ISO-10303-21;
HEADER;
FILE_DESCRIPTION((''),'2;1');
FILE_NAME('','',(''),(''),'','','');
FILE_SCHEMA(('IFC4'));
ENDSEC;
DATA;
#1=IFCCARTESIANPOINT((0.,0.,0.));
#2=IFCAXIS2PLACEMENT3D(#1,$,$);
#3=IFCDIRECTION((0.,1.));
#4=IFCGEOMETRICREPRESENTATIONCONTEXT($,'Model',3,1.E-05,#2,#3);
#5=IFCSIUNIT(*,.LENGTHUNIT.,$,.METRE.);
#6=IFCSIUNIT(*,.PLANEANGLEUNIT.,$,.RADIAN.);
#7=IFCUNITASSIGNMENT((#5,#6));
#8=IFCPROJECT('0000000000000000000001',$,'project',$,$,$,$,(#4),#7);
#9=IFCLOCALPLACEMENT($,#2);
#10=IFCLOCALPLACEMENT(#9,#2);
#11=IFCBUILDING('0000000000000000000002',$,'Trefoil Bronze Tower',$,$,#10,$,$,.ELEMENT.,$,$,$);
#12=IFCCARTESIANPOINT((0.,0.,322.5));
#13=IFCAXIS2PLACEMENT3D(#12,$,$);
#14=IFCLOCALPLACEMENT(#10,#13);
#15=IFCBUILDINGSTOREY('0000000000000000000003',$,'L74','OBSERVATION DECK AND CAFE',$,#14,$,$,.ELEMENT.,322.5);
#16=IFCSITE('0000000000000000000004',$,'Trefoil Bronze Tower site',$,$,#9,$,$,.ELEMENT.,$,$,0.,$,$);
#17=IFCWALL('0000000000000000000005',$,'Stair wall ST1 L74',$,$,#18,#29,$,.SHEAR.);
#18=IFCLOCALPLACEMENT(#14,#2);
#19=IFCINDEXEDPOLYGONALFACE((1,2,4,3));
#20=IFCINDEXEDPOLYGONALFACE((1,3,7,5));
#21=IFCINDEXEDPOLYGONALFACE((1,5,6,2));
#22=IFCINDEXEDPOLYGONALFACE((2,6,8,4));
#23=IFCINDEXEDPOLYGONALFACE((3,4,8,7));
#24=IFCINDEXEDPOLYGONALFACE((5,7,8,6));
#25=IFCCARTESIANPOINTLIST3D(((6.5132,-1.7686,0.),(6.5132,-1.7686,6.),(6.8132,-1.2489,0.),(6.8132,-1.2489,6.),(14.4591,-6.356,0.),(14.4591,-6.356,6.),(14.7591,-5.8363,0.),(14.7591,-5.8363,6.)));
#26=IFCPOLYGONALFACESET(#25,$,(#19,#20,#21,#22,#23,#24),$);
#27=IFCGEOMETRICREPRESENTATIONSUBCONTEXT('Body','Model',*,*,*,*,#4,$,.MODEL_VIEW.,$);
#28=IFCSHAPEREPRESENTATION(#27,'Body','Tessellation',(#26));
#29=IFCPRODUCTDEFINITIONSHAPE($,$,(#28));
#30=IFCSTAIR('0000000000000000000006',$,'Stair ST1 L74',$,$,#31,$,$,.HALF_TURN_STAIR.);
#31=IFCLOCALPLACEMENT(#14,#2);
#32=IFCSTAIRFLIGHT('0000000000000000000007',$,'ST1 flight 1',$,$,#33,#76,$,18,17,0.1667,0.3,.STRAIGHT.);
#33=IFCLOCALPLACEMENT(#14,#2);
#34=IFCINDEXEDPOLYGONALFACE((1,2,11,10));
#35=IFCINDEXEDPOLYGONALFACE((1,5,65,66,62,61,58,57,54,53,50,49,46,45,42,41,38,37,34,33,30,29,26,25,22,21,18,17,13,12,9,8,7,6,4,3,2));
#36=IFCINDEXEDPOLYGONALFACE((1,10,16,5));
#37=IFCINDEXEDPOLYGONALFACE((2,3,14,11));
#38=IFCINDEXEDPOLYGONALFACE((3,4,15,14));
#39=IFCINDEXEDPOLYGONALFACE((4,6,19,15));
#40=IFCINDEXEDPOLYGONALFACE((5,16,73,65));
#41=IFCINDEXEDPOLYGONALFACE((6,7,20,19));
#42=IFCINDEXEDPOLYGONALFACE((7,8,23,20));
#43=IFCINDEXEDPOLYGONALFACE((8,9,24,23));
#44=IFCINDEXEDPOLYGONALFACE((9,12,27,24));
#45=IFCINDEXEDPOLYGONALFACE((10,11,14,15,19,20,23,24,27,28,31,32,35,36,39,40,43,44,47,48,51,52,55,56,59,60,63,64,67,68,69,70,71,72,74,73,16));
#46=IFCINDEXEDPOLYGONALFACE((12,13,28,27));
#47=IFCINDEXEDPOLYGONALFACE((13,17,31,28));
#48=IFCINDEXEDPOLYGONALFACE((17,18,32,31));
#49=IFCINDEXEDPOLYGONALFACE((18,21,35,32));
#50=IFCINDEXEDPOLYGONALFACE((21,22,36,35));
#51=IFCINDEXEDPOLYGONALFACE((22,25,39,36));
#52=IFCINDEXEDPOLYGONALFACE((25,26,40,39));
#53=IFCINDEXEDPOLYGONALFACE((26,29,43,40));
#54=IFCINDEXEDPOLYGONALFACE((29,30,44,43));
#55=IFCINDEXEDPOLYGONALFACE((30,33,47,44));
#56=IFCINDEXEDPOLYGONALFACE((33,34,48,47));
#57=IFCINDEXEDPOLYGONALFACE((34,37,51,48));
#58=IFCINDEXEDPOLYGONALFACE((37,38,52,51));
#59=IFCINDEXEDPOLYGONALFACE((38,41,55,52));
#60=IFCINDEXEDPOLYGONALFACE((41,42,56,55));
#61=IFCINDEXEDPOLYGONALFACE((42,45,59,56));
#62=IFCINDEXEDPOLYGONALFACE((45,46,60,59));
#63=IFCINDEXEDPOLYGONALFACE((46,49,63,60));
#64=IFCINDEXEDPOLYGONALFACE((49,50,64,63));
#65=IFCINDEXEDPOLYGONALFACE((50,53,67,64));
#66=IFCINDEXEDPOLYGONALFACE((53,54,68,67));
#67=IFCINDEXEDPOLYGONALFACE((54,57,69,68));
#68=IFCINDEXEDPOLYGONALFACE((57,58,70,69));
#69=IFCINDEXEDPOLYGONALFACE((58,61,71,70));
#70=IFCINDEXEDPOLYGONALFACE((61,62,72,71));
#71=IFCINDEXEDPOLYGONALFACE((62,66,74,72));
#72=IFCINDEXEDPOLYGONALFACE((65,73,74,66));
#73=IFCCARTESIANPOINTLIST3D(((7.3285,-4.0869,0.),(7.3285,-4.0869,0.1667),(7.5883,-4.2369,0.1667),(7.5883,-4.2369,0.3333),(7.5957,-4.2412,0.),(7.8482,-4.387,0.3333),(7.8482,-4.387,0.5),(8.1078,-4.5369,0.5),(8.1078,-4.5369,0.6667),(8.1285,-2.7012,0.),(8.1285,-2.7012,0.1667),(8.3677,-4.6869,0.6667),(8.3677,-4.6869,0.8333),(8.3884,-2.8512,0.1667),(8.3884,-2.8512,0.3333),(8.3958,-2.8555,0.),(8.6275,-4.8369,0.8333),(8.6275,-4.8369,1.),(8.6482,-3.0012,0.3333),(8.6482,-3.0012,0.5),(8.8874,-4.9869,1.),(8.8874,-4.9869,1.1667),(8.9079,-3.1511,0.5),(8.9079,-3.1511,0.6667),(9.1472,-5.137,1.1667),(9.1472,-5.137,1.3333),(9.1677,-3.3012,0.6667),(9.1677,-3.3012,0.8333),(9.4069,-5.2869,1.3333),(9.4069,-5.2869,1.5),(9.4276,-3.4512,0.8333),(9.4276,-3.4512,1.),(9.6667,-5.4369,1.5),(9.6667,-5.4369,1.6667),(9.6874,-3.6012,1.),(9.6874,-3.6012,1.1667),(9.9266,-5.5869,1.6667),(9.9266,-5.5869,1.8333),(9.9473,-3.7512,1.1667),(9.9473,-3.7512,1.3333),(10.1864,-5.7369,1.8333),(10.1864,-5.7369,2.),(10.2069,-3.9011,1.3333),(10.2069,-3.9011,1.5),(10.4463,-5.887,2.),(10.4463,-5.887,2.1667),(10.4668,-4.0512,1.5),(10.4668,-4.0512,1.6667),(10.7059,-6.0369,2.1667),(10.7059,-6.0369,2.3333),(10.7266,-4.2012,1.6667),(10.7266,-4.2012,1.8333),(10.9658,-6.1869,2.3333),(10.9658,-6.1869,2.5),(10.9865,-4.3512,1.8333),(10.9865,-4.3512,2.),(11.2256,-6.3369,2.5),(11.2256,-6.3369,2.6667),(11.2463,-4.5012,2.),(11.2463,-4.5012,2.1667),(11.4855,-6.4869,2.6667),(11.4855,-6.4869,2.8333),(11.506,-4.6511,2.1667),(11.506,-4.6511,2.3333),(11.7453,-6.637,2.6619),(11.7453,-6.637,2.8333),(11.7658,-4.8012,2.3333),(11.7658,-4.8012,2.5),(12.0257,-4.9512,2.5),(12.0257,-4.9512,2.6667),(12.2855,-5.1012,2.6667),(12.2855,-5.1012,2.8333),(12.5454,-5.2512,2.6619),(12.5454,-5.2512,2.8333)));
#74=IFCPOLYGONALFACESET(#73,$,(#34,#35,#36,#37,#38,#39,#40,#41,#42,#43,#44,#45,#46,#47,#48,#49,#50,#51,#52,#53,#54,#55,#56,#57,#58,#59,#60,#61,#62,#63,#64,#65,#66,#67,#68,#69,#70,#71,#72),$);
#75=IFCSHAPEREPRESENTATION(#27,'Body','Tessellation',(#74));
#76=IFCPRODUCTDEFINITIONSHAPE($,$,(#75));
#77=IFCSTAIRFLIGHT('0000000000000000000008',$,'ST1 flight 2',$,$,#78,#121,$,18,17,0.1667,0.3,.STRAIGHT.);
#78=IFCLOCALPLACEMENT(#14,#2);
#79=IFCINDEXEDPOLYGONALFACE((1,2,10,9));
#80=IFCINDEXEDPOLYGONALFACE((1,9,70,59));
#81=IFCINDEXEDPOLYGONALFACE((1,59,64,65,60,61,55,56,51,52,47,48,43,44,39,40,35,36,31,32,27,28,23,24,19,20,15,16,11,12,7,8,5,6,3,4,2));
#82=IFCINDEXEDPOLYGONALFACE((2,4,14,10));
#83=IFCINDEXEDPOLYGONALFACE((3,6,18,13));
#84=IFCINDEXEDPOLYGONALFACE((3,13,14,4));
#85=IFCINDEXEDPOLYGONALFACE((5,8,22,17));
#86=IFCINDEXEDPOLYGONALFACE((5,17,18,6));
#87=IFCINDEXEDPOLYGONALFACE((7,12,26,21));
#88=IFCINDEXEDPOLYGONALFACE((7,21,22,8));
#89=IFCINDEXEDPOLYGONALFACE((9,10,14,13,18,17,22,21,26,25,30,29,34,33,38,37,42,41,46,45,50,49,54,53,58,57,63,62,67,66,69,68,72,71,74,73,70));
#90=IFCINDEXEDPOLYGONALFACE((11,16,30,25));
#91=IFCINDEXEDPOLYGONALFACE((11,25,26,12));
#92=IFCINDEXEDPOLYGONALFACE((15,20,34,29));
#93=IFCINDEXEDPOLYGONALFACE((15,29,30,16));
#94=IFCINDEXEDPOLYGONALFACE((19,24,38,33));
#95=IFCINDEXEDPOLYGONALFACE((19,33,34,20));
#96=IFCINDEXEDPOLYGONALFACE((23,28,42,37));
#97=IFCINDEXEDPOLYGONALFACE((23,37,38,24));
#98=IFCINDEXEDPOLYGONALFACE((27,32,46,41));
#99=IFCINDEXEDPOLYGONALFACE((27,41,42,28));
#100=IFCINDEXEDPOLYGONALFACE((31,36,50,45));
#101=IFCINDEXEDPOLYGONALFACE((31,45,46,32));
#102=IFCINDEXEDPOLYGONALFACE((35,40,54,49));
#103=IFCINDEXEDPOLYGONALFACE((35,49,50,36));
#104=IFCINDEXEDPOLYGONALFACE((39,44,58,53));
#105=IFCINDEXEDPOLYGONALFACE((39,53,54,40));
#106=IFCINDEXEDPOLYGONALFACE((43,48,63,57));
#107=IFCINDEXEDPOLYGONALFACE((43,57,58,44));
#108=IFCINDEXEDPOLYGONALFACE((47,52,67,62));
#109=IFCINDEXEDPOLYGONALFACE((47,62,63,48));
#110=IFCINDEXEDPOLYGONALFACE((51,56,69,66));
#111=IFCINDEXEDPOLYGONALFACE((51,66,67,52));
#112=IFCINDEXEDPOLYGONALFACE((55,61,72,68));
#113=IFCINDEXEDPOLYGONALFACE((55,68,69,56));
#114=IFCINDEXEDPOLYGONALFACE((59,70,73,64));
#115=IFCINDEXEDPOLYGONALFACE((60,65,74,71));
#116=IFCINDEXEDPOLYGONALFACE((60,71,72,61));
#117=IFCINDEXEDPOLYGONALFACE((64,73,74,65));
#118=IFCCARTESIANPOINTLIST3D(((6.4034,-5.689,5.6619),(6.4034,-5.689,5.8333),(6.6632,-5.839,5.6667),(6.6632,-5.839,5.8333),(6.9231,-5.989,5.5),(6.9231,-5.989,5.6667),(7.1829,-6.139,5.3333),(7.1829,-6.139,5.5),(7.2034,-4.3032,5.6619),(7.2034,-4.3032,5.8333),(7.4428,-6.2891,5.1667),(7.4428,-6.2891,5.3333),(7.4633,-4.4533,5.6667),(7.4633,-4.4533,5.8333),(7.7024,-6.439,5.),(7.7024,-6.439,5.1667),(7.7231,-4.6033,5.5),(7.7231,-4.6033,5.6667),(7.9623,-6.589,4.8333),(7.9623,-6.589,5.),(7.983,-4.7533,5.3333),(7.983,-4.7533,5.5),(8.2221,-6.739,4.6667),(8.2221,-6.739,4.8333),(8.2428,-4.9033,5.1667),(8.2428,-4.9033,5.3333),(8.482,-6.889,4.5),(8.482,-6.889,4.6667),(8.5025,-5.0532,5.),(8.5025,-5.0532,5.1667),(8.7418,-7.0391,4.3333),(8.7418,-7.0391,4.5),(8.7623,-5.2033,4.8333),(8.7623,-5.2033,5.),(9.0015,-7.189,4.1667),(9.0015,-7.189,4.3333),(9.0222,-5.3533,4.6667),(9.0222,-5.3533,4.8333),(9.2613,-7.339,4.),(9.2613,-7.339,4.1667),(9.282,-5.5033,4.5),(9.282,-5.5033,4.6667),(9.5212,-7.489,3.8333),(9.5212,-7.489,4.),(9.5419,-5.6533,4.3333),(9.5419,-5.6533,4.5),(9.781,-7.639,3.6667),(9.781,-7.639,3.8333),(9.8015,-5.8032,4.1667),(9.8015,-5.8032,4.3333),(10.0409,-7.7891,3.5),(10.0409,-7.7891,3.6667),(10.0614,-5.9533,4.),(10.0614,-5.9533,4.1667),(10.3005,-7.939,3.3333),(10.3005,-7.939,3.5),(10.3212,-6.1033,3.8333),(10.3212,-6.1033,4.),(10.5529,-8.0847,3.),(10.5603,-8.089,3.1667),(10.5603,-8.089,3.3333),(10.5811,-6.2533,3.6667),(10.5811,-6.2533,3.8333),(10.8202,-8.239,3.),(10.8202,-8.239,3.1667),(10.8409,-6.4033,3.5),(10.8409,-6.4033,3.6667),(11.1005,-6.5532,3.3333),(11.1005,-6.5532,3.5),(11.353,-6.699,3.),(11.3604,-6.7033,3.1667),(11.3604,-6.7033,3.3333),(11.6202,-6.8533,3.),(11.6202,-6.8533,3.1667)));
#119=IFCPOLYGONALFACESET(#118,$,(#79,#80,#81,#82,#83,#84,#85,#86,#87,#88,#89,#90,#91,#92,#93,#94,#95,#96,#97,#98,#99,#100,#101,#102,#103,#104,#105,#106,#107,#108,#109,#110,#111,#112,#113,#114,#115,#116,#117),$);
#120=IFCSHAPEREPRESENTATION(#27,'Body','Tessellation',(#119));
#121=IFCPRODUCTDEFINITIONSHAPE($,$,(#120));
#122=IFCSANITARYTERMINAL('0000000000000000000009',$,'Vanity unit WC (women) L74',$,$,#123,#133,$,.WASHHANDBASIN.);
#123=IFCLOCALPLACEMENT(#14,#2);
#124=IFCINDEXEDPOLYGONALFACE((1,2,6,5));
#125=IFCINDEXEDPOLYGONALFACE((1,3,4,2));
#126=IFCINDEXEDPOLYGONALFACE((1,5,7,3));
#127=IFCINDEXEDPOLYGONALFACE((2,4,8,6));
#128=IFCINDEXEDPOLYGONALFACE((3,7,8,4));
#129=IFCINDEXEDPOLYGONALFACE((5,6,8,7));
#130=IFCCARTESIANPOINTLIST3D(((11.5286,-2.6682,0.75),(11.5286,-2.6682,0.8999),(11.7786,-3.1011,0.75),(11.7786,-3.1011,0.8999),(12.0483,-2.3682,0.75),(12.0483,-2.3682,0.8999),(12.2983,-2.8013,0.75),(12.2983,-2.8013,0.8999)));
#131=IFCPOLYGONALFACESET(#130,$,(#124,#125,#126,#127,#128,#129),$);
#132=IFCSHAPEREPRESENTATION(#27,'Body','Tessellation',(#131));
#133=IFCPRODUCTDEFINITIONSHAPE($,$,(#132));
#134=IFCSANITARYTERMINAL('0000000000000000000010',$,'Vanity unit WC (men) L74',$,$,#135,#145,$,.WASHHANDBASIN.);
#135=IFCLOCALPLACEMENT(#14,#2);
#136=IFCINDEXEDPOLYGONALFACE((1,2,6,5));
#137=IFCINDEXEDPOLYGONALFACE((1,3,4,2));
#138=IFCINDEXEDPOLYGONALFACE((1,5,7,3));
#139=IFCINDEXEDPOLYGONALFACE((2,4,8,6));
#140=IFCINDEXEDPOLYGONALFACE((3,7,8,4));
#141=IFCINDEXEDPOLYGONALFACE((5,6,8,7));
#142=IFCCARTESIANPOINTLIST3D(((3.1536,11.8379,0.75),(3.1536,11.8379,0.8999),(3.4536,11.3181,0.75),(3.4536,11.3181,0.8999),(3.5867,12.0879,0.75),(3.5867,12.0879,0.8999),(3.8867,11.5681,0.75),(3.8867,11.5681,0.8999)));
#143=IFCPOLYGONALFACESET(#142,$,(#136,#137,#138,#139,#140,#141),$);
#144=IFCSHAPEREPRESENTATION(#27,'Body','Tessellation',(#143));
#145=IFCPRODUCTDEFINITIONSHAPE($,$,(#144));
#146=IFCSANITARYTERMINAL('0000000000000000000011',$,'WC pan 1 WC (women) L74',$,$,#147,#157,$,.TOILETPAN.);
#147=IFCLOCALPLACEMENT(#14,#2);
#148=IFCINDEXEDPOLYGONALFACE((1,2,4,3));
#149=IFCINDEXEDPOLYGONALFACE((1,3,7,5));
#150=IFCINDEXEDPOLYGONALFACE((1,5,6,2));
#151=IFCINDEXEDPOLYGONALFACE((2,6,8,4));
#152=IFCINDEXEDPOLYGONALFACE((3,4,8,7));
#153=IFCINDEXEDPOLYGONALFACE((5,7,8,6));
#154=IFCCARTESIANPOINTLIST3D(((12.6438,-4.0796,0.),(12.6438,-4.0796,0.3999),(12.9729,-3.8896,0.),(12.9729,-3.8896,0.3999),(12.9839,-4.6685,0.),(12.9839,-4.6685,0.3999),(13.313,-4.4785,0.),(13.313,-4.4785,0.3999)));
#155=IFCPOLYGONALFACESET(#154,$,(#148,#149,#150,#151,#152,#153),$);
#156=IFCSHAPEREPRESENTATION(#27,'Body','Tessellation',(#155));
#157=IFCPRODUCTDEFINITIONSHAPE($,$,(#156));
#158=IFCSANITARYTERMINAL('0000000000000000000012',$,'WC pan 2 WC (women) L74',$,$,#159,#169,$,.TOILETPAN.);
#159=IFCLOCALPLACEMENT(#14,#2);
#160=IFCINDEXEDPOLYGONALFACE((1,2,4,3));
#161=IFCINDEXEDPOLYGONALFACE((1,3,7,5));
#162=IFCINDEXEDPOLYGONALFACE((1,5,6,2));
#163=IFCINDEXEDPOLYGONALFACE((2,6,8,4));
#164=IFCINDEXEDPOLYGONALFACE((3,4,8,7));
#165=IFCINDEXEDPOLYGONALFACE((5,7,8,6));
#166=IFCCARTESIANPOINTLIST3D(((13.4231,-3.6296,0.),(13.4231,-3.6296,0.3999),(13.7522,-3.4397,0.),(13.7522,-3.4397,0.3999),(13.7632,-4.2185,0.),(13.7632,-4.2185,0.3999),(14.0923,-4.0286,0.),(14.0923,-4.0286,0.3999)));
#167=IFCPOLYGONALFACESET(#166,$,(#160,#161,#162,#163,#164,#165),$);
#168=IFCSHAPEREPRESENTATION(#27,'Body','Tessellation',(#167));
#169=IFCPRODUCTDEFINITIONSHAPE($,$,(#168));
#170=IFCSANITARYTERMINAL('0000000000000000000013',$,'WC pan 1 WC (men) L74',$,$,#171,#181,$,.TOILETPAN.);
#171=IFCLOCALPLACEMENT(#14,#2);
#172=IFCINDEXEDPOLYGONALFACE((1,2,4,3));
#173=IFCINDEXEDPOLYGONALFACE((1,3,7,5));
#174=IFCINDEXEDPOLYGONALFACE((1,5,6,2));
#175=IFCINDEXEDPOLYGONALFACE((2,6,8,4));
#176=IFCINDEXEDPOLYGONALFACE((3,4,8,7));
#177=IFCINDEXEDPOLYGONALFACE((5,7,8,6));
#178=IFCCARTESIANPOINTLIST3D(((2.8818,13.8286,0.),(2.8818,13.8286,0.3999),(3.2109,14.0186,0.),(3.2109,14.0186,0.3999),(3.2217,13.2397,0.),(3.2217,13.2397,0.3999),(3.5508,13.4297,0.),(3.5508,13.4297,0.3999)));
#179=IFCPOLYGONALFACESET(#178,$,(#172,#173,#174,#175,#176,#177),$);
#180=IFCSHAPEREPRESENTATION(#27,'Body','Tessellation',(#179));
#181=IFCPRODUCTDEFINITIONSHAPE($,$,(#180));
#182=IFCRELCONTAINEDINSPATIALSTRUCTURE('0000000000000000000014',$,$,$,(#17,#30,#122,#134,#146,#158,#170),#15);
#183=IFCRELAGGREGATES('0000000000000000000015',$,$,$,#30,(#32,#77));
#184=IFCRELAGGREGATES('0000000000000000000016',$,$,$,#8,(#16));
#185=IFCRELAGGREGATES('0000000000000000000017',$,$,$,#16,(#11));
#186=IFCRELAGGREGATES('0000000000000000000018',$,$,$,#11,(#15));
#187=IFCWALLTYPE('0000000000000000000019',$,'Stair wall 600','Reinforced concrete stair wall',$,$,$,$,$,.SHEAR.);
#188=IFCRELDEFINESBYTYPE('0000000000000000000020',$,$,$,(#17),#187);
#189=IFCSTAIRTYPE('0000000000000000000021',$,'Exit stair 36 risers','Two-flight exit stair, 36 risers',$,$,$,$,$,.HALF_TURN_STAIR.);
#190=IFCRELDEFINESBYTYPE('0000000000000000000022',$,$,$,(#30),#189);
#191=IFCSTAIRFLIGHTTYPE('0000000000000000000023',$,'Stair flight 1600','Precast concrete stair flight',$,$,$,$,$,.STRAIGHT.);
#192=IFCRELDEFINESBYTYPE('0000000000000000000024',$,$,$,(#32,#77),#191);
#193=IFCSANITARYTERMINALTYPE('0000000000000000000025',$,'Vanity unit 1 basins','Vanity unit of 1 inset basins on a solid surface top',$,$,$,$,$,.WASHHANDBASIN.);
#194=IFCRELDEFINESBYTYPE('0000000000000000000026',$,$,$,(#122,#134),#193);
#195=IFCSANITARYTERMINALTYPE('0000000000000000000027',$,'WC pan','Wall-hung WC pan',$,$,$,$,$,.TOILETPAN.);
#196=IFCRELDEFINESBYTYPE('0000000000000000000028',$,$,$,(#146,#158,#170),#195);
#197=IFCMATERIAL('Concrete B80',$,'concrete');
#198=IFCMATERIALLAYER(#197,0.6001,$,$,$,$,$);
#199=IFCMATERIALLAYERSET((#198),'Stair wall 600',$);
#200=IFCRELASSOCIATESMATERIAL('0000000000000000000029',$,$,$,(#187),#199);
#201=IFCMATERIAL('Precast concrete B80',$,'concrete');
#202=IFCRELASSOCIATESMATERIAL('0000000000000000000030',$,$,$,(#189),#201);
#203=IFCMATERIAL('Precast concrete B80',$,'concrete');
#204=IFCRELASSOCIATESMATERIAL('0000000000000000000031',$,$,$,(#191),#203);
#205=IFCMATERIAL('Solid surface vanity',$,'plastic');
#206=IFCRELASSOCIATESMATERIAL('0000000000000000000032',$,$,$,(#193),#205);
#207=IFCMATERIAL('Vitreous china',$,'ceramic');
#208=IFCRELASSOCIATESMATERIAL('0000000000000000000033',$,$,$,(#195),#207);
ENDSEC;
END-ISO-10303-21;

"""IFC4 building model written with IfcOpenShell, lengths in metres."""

from ifc_helpers import new_model, si_unit, direction, frame, frame_2d, origin, place, context, subcontext, project, spatial, polyline, rectangle, outline, extrude, material, layer, layer_set, type_object, element, aggregate, save


model = new_model("IFC4")

# Units and contexts
model_context = context("Model", 3, precision=1e-05, world=origin(), true_north=direction((0.0, 1.0)))
body_context = subcontext(model_context, "Body", "Model", "MODEL_VIEW")
ifc_project = project(units=[si_unit("LENGTHUNIT", "METRE"), si_unit("PLANEANGLEUNIT", "RADIAN")], contexts=[model_context])

# Site, building, storey
site_placement = place(None, origin())
site = spatial("IfcSite", under=ifc_project, at=site_placement, Name="Trefoil Bronze Tower site", CompositionType="ELEMENT", RefElevation=0.0)
building_placement = place(site_placement, origin())
building = spatial("IfcBuilding", under=site, at=building_placement, Name="Trefoil Bronze Tower", CompositionType="ELEMENT")
storey_placement = place(building_placement, frame((0.0, 0.0, 322.5)))
storey = spatial("IfcBuildingStorey", under=building, at=storey_placement, Name="L74", Description="OBSERVATION DECK AND CAFE", CompositionType="ELEMENT", Elevation=322.5)

# Wall
ifc_material_1 = material(Name="Concrete B80", Category="concrete")
ifc_layer_1 = layer(ifc_material_1, 0.6001)
ifc_layer_set_1 = layer_set([ifc_layer_1], Name="Stair wall 600")
wall_type_1 = type_object("IfcWallType", Name="Stair wall 600", Description="Reinforced concrete stair wall", PredefinedType="SHEAR", material=ifc_layer_set_1)
wall_1_placement = place(storey_placement, frame((6.6633, -1.5088, 0.0), z_axis=(0.0, 0.0, 1.0), x_axis=(0.86603, -0.499991, 0.0)))
element("IfcWall", 1, at=wall_1_placement, inside=storey, type_object=wall_type_1, Name="Stair wall ST1 L74", PredefinedType="SHEAR", context=body_context, shape_type="SweptSolid", body=[
    extrude(rectangle(XDim=9.175, YDim=0.6001, at=frame_2d((4.5874, 0.0))), origin(), (0.0, 0.0, 1.0), 6.0),
])

# Stair, stair flights
ifc_material_2 = material(Name="Precast concrete B80", Category="concrete")
stair_type = type_object("IfcStairType", Name="Exit stair 36 risers", Description="Two-flight exit stair, 36 risers", PredefinedType="HALF_TURN_STAIR", material=ifc_material_2)
stair_placement = place(storey_placement, origin())
stair = element("IfcStair", 2, at=stair_placement, inside=storey, type_object=stair_type, Name="Stair ST1 L74", PredefinedType="HALF_TURN_STAIR")
ifc_material_3 = material(Name="Precast concrete B80", Category="concrete")
stair_flight_type = type_object("IfcStairFlightType", Name="Stair flight 1600", Description="Precast concrete stair flight", PredefinedType="STRAIGHT", material=ifc_material_3)
stair_flight_1_placement = place(storey_placement, frame((7.7285, -3.394, 0.0), z_axis=(0.0, 0.0, 1.0), x_axis=(0.866025, -0.5, 0.0)))
stair_flight_1 = element("IfcStairFlight", 3, at=stair_flight_1_placement, type_object=stair_flight_type, Name="ST1 flight 1", NumberOfRisers=18, NumberOfTreads=17, PredefinedType="STRAIGHT", RiserHeight=0.1667, TreadLength=0.3, context=body_context, shape_type="SweptSolid", body=[
    extrude(outline(polyline([(0.0, 0.0), (0.0, 0.1667), (0.3, 0.1667), (0.3, 0.3333), (0.6001, 0.3333), (0.6001, 0.5), (0.8999, 0.5), (0.8999, 0.6667), (1.2, 0.6667), (1.2, 0.8333), (1.5, 0.8333), (1.5, 1.0), (1.8, 1.0), (1.8, 1.1667), (2.1001, 1.1667), (2.1001, 1.3333), (2.3999, 1.3333), (2.3999, 1.5), (2.7, 1.5), (2.7, 1.6667), (3.0, 1.6667), (3.0, 1.8333), (3.3, 1.8333), (3.3, 2.0), (3.6001, 2.0), (3.6001, 2.1667), (3.8999, 2.1667), (3.8999, 2.3333), (4.2, 2.3333), (4.2, 2.5), (4.5, 2.5), (4.5, 2.6667), (4.8, 2.6667), (4.8, 2.8333), (5.1001, 2.8333), (5.1001, 3.0), (5.1001, 2.6619), (0.3086, 0.0), (0.0, 0.0)])), frame((0.0, 0.8, 0.0), z_axis=(0.0, -1.0, 0.0), x_axis=(1.0, 0.0, 0.0)), (0.0, 0.0, 1.0), 1.6001),
])
stair_flight_2_placement = place(storey_placement, frame((11.2202, -7.5461, 3.0), z_axis=(0.0, 0.0, 1.0), x_axis=(-0.866025, 0.5, 0.0)))
stair_flight_2 = element("IfcStairFlight", 4, at=stair_flight_2_placement, type_object=stair_flight_type, Name="ST1 flight 2", NumberOfRisers=18, NumberOfTreads=17, PredefinedType="STRAIGHT", RiserHeight=0.1667, TreadLength=0.3, context=body_context, shape_type="SweptSolid", body=[
    extrude(outline(polyline([(0.0, 0.0), (0.0, 0.1667), (0.3, 0.1667), (0.3, 0.3333), (0.6001, 0.3333), (0.6001, 0.5), (0.8999, 0.5), (0.8999, 0.6667), (1.2, 0.6667), (1.2, 0.8333), (1.5, 0.8333), (1.5, 1.0), (1.8, 1.0), (1.8, 1.1667), (2.1001, 1.1667), (2.1001, 1.3333), (2.3999, 1.3333), (2.3999, 1.5), (2.7, 1.5), (2.7, 1.6667), (3.0, 1.6667), (3.0, 1.8333), (3.3, 1.8333), (3.3, 2.0), (3.6001, 2.0), (3.6001, 2.1667), (3.8999, 2.1667), (3.8999, 2.3333), (4.2, 2.3333), (4.2, 2.5), (4.5, 2.5), (4.5, 2.6667), (4.8, 2.6667), (4.8, 2.8333), (5.1001, 2.8333), (5.1001, 3.0), (5.1001, 2.6619), (0.3086, 0.0), (0.0, 0.0)])), frame((0.0, 0.8, 0.0), z_axis=(0.0, -1.0, 0.0), x_axis=(1.0, 0.0, 0.0)), (0.0, 0.0, 1.0), 1.6001),
])
aggregate(stair, [stair_flight_1, stair_flight_2])

# Sanitary terminals
ifc_material_4 = material(Name="Solid surface vanity", Category="plastic")
sanitary_terminal_type_1 = type_object("IfcSanitaryTerminalType", Name="Vanity unit 1 basins", Description="Vanity unit of 1 inset basins on a solid surface top", PredefinedType="WASHHANDBASIN", material=ifc_material_4)
sanitary_terminal_1_placement = place(storey_placement, frame((0.0, 0.0, 0.75)))
element("IfcSanitaryTerminal", 5, at=sanitary_terminal_1_placement, inside=storey, type_object=sanitary_terminal_type_1, Name="Vanity unit WC (women) L74", PredefinedType="WASHHANDBASIN", context=body_context, shape_type="SweptSolid", body=[
    extrude(outline(polyline([(11.5286, -2.6682), (11.7786, -3.1011), (12.2983, -2.8013), (12.0483, -2.3682), (11.5286, -2.6682)])), origin(), (0.0, 0.0, 1.0), 0.1499),
])
sanitary_terminal_2_placement = place(storey_placement, frame((0.0, 0.0, 0.75)))
element("IfcSanitaryTerminal", 6, at=sanitary_terminal_2_placement, inside=storey, type_object=sanitary_terminal_type_1, Name="Vanity unit WC (men) L74", PredefinedType="WASHHANDBASIN", context=body_context, shape_type="SweptSolid", body=[
    extrude(outline(polyline([(3.4536, 11.3181), (3.1536, 11.8379), (3.5867, 12.0879), (3.8867, 11.5681), (3.4536, 11.3181)])), origin(), (0.0, 0.0, 1.0), 0.1499),
])
ifc_material_5 = material(Name="Vitreous china", Category="ceramic")
sanitary_terminal_type_2 = type_object("IfcSanitaryTerminalType", Name="WC pan", Description="Wall-hung WC pan", PredefinedType="TOILETPAN", material=ifc_material_5)
sanitary_terminal_3_placement = place(storey_placement, origin())
element("IfcSanitaryTerminal", 7, at=sanitary_terminal_3_placement, inside=storey, type_object=sanitary_terminal_type_2, Name="WC pan 1 WC (women) L74", PredefinedType="TOILETPAN", context=body_context, shape_type="SweptSolid", body=[
    extrude(outline(polyline([(12.6438, -4.0796), (12.9839, -4.6685), (13.313, -4.4785), (12.9729, -3.8896), (12.6438, -4.0796)])), origin(), (0.0, 0.0, 1.0), 0.3999),
])
sanitary_terminal_4_placement = place(storey_placement, origin())
element("IfcSanitaryTerminal", 8, at=sanitary_terminal_4_placement, inside=storey, type_object=sanitary_terminal_type_2, Name="WC pan 2 WC (women) L74", PredefinedType="TOILETPAN", context=body_context, shape_type="SweptSolid", body=[
    extrude(outline(polyline([(13.4231, -3.6296), (13.7632, -4.2185), (14.0923, -4.0286), (13.7522, -3.4397), (13.4231, -3.6296)])), origin(), (0.0, 0.0, 1.0), 0.3999),
])
sanitary_terminal_5_placement = place(storey_placement, origin())
element("IfcSanitaryTerminal", 9, at=sanitary_terminal_5_placement, inside=storey, type_object=sanitary_terminal_type_2, Name="WC pan 1 WC (men) L74", PredefinedType="TOILETPAN", context=body_context, shape_type="SweptSolid", body=[
    extrude(outline(polyline([(3.2217, 13.2397), (2.8818, 13.8286), (3.2109, 14.0186), (3.5508, 13.4297), (3.2217, 13.2397)])), origin(), (0.0, 0.0, 1.0), 0.3999),
])

save(model, "model.ifc")
